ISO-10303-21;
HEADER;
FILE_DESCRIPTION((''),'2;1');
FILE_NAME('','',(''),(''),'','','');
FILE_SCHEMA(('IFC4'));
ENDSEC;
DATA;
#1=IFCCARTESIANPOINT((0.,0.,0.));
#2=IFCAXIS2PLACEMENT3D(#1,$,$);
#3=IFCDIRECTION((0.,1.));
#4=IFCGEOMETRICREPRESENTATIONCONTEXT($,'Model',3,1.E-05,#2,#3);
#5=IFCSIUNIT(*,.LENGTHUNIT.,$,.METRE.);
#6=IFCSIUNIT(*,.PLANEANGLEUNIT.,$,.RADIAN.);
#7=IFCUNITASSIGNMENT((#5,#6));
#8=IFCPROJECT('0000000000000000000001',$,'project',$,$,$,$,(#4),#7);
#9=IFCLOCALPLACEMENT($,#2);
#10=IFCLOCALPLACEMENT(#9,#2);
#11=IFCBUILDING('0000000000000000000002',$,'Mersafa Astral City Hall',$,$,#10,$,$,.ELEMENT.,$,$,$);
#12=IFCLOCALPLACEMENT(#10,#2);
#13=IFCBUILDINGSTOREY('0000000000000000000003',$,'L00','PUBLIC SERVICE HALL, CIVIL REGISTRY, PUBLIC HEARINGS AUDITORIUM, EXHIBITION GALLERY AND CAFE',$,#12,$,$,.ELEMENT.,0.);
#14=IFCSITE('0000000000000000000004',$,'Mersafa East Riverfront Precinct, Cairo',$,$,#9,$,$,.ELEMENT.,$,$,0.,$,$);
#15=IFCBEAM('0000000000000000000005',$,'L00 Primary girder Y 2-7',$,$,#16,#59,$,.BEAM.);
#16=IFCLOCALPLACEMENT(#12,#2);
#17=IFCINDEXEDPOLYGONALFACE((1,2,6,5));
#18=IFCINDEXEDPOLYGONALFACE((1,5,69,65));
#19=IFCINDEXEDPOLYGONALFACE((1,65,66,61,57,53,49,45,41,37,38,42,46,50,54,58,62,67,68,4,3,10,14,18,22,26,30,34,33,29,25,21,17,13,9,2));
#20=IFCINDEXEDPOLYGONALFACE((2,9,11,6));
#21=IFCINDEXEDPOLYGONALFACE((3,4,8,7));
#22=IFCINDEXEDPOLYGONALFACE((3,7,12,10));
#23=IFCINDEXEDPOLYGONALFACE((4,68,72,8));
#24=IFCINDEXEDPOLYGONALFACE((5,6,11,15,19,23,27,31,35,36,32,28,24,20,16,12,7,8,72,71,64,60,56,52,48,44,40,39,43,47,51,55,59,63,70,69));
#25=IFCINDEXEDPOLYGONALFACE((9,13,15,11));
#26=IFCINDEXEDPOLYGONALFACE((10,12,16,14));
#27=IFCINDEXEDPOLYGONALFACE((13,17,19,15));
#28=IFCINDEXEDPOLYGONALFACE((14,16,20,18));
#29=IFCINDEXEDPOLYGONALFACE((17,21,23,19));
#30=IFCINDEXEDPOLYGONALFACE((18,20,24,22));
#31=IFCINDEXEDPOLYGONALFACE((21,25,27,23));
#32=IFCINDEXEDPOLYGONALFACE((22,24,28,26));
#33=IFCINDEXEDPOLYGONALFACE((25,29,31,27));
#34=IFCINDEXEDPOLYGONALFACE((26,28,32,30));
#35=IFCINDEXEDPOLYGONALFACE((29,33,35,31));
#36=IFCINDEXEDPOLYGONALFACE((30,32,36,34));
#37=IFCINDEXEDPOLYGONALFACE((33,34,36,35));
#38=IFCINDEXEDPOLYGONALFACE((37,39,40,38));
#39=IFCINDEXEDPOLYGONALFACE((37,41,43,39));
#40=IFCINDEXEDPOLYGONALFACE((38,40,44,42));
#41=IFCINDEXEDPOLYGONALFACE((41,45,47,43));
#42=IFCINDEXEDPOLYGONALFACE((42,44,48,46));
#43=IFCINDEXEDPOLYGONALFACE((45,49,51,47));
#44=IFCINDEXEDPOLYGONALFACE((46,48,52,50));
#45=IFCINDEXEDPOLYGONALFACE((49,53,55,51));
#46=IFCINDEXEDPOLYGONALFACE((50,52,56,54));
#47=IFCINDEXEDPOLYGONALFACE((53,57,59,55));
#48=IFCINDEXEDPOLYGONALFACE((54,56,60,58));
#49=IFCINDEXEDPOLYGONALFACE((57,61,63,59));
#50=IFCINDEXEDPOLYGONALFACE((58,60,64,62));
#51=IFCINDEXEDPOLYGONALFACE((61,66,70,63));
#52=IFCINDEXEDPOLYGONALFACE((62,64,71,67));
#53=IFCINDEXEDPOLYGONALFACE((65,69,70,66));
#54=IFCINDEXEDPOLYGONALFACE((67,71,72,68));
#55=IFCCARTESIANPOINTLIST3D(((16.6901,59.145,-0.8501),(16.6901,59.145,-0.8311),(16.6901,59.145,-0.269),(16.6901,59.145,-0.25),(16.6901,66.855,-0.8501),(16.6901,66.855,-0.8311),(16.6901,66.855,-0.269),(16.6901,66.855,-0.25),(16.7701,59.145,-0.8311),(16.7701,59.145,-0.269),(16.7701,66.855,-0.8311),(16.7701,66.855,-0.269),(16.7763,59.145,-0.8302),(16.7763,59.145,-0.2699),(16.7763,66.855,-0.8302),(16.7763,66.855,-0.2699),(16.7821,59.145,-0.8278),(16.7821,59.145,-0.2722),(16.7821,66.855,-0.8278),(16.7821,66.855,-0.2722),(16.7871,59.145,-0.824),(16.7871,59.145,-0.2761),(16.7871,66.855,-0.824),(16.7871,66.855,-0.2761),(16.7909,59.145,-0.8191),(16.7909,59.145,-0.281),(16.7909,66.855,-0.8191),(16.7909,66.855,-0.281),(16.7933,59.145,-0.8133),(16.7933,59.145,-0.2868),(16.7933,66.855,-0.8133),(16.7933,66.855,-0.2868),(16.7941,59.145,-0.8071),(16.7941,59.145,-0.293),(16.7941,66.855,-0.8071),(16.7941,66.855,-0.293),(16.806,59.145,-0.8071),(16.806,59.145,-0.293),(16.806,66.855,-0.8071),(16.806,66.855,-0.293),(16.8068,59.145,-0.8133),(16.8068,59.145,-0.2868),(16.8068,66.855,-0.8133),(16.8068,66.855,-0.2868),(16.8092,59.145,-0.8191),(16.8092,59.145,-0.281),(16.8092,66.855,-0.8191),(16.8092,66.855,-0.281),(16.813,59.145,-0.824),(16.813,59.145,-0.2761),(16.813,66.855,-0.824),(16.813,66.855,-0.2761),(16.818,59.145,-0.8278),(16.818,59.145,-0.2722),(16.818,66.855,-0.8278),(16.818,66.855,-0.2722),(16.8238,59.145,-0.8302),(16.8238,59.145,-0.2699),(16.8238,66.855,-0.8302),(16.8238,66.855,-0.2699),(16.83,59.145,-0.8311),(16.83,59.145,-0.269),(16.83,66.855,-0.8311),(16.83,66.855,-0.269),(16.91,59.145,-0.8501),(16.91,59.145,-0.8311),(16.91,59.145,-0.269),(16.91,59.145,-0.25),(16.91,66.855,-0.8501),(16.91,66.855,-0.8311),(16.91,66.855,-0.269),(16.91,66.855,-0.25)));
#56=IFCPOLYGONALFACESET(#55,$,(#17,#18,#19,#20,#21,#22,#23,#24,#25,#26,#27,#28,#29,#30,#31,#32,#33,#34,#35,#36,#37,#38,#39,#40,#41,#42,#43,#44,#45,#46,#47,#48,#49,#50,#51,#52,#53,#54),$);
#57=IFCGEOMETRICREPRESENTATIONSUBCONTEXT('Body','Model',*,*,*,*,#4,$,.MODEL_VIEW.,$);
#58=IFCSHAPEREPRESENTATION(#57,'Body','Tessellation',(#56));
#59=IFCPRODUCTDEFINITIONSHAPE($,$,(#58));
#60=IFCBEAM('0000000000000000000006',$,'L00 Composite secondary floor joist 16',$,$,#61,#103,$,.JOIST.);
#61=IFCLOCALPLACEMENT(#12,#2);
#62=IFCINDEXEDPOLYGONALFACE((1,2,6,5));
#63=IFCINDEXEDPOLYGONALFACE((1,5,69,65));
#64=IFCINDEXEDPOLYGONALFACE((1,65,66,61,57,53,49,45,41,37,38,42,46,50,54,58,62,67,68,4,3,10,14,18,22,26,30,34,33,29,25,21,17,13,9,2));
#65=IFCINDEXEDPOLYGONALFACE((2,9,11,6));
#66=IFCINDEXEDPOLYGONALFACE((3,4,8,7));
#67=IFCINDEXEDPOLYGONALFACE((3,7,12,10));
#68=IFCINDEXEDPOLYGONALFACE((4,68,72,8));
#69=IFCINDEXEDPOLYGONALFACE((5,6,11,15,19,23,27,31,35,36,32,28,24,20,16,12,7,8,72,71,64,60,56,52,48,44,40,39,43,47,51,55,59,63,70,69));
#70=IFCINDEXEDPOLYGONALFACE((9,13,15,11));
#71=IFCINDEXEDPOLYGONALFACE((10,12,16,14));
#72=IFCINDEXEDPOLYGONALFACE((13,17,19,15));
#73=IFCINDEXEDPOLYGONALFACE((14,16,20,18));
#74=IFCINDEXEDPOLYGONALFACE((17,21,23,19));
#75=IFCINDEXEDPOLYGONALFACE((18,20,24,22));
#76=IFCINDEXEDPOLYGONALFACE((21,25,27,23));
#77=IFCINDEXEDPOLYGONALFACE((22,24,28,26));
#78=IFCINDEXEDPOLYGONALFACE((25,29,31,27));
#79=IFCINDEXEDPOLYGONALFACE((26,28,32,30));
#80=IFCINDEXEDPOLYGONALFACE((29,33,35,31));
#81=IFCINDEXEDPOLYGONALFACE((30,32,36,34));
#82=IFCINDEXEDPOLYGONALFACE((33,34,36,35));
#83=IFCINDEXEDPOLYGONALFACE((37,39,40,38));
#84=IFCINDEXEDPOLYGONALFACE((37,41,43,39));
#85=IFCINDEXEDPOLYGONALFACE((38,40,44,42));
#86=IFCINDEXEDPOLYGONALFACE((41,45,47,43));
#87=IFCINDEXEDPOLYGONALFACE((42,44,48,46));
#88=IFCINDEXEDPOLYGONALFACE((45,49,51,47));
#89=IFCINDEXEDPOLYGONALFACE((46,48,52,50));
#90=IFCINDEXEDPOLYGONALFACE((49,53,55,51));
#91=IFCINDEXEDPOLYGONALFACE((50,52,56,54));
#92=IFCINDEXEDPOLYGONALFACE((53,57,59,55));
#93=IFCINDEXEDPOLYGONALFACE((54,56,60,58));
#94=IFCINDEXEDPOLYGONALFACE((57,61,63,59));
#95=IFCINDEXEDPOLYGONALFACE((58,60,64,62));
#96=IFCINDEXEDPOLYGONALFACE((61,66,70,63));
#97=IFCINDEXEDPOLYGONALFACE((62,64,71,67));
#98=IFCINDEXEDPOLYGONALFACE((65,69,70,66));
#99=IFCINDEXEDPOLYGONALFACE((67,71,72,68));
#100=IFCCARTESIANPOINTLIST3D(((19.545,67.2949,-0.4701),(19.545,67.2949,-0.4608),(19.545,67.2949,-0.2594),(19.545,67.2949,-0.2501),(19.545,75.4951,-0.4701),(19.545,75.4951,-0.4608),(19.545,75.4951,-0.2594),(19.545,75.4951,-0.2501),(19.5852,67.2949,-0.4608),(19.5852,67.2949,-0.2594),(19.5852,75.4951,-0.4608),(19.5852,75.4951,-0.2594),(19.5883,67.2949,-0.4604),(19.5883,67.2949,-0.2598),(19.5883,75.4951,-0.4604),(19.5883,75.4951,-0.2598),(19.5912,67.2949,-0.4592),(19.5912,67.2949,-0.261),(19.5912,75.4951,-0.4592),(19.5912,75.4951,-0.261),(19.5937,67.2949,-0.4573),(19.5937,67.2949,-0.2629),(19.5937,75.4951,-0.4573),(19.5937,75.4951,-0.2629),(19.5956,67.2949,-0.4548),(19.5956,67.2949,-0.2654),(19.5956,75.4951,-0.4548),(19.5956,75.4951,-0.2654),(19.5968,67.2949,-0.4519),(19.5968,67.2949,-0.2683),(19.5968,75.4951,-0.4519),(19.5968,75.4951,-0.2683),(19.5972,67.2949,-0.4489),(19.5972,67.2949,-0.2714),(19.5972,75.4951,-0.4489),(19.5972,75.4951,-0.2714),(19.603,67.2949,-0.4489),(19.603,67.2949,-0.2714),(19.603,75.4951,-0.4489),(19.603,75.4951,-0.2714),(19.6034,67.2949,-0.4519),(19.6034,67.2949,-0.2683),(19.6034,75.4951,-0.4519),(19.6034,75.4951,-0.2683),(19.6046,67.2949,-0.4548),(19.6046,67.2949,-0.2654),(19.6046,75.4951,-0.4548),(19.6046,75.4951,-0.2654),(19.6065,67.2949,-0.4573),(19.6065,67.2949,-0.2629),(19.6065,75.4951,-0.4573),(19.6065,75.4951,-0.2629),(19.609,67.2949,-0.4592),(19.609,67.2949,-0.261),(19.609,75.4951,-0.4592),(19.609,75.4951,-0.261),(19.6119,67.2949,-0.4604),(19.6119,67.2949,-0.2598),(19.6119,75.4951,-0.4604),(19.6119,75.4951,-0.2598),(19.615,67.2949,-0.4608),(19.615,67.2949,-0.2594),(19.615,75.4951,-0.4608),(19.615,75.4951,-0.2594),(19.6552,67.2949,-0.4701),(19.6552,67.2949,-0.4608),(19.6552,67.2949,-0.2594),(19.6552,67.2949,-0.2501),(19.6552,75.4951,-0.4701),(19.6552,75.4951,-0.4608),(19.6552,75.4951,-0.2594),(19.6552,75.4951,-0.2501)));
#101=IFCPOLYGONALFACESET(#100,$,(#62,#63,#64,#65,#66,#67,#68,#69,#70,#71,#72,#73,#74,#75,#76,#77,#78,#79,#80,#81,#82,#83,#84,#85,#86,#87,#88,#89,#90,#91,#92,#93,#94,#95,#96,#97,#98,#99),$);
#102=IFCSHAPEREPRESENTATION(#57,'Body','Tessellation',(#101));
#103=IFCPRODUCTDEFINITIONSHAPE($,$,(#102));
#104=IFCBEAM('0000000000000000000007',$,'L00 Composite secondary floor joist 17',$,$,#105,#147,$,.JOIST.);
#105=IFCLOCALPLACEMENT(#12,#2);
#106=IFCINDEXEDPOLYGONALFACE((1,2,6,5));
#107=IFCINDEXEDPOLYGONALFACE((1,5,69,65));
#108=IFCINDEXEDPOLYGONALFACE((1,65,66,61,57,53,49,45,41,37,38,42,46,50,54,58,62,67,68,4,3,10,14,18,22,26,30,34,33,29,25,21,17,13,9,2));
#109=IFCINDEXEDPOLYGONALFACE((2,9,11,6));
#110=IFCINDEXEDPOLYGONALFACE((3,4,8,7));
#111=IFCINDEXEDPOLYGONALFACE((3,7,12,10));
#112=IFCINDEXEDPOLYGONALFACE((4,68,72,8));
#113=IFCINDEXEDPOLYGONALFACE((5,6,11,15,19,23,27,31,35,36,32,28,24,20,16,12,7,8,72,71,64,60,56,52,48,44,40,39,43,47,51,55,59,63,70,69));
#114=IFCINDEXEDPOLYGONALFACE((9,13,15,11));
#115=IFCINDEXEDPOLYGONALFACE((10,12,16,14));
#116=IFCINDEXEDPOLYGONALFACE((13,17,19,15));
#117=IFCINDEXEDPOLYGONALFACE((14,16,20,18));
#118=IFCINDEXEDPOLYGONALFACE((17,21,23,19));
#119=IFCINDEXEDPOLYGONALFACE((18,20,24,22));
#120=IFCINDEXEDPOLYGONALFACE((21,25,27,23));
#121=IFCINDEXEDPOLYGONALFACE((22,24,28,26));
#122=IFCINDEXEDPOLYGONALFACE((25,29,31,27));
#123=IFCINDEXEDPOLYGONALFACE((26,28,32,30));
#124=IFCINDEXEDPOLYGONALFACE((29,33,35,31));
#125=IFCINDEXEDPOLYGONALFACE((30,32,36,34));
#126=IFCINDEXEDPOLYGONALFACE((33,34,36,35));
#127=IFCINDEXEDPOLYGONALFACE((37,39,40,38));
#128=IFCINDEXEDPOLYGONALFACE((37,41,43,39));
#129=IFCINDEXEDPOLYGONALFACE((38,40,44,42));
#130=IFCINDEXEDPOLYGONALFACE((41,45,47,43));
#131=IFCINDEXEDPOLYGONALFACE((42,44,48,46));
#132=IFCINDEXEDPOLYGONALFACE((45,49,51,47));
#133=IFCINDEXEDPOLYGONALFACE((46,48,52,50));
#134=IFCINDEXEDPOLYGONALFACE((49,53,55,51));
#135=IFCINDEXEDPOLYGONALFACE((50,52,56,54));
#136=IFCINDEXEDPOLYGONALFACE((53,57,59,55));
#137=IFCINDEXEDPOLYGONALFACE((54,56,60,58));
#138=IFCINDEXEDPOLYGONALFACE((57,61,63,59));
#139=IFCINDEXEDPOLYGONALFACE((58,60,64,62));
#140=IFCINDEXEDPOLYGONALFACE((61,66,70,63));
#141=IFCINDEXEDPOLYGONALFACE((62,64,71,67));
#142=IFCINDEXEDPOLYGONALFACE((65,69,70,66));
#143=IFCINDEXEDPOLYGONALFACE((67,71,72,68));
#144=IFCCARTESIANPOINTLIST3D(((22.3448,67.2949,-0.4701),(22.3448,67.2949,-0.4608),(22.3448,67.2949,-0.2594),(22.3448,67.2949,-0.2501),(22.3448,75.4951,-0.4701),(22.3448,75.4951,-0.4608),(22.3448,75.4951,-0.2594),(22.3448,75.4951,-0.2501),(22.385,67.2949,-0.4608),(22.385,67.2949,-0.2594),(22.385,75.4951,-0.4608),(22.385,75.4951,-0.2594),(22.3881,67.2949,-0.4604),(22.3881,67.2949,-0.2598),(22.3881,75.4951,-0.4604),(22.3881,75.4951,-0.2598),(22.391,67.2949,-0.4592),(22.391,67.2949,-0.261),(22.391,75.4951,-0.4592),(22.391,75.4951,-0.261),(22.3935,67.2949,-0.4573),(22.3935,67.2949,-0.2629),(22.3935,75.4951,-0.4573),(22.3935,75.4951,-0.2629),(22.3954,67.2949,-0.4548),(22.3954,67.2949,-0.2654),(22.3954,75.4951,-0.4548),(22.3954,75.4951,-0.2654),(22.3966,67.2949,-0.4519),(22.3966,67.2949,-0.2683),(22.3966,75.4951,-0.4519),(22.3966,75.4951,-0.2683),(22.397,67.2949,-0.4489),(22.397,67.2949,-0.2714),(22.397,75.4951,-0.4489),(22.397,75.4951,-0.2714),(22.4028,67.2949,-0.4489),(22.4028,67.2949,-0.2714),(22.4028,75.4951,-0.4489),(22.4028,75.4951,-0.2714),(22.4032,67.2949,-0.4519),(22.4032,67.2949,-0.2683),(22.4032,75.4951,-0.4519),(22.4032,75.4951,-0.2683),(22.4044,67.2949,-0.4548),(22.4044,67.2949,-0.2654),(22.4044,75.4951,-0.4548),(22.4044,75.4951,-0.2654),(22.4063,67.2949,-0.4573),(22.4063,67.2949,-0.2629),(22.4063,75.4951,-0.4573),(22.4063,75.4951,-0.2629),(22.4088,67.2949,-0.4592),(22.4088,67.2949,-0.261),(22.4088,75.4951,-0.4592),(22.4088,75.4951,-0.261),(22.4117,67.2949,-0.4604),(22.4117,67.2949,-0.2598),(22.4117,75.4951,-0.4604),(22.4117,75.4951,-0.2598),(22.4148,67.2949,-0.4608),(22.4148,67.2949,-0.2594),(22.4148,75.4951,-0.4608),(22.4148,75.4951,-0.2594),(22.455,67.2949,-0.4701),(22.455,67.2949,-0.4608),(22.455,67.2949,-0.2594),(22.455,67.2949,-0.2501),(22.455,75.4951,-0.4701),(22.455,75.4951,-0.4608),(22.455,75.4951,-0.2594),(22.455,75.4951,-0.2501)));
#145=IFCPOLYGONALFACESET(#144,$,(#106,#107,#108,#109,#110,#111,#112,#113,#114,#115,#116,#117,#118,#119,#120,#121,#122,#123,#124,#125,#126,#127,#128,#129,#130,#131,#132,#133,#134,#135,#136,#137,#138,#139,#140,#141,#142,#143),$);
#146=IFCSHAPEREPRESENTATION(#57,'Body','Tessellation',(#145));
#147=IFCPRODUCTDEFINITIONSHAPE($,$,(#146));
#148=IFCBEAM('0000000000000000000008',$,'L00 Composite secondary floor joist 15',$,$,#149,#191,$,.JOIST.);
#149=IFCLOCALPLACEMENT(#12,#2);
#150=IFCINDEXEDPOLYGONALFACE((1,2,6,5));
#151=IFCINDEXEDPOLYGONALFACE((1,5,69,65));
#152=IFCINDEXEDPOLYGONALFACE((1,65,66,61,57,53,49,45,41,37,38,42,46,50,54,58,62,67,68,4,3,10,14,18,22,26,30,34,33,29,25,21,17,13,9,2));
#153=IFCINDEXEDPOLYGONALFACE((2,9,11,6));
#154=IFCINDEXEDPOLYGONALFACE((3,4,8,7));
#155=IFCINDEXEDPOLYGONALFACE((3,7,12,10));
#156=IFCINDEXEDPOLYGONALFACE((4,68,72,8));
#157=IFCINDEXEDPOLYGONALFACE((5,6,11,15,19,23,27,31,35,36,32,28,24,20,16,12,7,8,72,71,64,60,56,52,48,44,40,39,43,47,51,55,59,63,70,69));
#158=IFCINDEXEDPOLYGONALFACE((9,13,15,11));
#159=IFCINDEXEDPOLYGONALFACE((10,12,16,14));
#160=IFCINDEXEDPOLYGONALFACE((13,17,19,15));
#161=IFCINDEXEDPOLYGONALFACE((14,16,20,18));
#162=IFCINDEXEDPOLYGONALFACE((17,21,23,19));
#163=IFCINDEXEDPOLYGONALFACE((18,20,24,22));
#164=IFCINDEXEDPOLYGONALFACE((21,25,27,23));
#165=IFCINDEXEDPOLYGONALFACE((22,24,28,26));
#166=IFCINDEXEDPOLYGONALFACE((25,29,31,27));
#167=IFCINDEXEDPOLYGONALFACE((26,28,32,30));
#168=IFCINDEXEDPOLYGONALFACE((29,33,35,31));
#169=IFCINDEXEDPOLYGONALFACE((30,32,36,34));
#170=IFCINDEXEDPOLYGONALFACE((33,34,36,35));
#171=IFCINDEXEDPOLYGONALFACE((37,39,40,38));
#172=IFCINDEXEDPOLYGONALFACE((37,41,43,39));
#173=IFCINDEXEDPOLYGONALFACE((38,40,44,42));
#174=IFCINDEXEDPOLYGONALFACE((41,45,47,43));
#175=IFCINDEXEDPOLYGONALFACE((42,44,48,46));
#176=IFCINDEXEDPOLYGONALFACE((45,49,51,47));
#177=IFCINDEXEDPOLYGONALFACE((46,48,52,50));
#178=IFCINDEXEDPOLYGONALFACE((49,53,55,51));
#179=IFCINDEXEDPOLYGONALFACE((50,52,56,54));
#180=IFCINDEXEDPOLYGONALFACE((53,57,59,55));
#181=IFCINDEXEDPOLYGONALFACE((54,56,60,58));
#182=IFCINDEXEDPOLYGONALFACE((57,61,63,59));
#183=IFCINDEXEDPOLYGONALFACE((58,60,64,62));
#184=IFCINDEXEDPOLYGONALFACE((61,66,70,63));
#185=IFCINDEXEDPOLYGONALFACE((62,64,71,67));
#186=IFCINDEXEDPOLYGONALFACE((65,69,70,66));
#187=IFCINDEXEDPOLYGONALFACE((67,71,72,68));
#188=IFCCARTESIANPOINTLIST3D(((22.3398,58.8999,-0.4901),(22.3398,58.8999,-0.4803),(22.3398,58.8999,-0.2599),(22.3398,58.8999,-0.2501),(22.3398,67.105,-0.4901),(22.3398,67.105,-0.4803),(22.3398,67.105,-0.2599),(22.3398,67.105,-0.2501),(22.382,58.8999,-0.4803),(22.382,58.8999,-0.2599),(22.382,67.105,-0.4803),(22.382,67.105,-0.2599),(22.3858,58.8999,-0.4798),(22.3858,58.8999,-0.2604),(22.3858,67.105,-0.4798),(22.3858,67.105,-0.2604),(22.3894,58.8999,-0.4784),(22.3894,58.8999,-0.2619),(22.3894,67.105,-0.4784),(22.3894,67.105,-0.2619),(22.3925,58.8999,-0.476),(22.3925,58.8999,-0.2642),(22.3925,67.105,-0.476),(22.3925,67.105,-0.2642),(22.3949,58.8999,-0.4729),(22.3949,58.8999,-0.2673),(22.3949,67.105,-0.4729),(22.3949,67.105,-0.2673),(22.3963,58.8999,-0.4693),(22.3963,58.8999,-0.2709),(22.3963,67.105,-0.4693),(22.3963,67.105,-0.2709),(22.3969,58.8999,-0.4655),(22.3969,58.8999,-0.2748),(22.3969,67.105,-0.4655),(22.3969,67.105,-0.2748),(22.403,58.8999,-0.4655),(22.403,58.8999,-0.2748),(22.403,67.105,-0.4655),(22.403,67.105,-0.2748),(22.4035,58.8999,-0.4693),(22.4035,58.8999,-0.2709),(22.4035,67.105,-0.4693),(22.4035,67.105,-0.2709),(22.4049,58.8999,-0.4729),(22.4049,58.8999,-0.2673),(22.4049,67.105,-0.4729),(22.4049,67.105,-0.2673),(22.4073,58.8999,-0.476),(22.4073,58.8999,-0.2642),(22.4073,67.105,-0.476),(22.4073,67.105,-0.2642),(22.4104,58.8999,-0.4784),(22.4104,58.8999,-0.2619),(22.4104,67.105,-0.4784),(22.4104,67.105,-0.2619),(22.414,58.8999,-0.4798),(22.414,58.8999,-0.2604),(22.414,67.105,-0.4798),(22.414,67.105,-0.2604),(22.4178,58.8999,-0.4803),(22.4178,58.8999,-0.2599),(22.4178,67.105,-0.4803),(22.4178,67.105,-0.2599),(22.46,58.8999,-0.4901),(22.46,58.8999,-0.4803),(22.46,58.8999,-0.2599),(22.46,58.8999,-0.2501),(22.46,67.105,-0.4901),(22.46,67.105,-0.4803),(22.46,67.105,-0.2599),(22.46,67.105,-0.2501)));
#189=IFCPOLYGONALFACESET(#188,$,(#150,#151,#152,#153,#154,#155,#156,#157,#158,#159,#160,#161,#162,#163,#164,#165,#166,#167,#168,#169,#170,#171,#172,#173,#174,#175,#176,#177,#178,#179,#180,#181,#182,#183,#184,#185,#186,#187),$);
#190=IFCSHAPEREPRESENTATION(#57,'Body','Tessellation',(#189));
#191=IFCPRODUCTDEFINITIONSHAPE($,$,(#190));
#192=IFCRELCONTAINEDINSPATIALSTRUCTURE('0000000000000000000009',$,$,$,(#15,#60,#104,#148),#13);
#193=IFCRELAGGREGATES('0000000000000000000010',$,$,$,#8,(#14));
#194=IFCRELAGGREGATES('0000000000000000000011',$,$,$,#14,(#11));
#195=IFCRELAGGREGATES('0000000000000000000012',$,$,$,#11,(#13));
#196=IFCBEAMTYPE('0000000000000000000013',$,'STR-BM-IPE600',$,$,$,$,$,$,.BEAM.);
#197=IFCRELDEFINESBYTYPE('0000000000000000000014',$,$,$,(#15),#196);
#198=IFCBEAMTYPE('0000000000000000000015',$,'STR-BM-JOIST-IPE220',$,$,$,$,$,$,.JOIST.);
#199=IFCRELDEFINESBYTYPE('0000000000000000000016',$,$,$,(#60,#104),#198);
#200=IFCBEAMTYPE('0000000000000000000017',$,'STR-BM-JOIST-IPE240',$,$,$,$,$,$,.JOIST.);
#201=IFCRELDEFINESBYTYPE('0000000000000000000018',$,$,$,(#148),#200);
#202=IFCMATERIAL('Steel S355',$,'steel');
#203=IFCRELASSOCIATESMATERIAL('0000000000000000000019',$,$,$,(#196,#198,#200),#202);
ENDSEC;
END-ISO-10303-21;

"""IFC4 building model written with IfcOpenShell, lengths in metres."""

from ifc_helpers import new_model, si_unit, direction, frame, origin, origin_2d, place, context, subcontext, project, spatial, i_section, extrude, material, material_profile, profile_set, type_object, element, save


model = new_model("IFC4")

# Units and contexts
model_context = context("Model", 3, precision=1e-05, world=origin(), true_north=direction((0.0, 1.0)))
body_context = subcontext(model_context, "Body", "Model", "MODEL_VIEW")
ifc_project = project(units=[si_unit("LENGTHUNIT", "METRE"), si_unit("PLANEANGLEUNIT", "RADIAN")], contexts=[model_context])

# Site, building, storey
site_placement = place(None, origin())
site = spatial("IfcSite", under=ifc_project, at=site_placement, Name="Mersafa East Riverfront Precinct, Cairo", CompositionType="ELEMENT", RefElevation=0.0)
building_placement = place(site_placement, origin())
building = spatial("IfcBuilding", under=site, at=building_placement, Name="Mersafa Astral City Hall", CompositionType="ELEMENT")
storey_placement = place(building_placement, origin())
storey = spatial("IfcBuildingStorey", under=building, at=storey_placement, Name="L00", Description="PUBLIC SERVICE HALL, CIVIL REGISTRY, PUBLIC HEARINGS AUDITORIUM, EXHIBITION GALLERY AND CAFE", CompositionType="ELEMENT", Elevation=0.0)

# Shared definitions
ifc_material_1 = material(Name="Steel S355", Category="steel")

# Beams
ifc_material_profile_1 = material_profile(ifc_material_1, i_section(OverallWidth=0.22, OverallDepth=0.6001, WebThickness=0.012, FlangeThickness=0.019, FilletRadius=0.0239, at=origin_2d()), Name="IPE 600")
ifc_profile_set_1 = profile_set([ifc_material_profile_1], Name="Steel S355")
beam_type_1 = type_object("IfcBeamType", Name="STR-BM-IPE600", PredefinedType="BEAM", material=ifc_profile_set_1)
beam_1_placement = place(storey_placement, frame((16.8, 59.145, -0.55), z_axis=(0.0, 1.0, 0.0), x_axis=(-1.0, 0.0, 0.0)))
element("IfcBeam", 1, at=beam_1_placement, inside=storey, type_object=beam_type_1, Name="L00 Primary girder Y 2-7", PredefinedType="BEAM", context=body_context, shape_type="SweptSolid", body=[
    extrude(i_section(OverallWidth=0.22, OverallDepth=0.6001, WebThickness=0.012, FlangeThickness=0.019, FilletRadius=0.0239, at=origin_2d()), origin(), (0.0, 0.0, 1.0), 7.71),
])
ifc_material_profile_2 = material_profile(ifc_material_1, i_section(OverallWidth=0.1101, OverallDepth=0.22, WebThickness=0.0059, FlangeThickness=0.0093, FilletRadius=0.012, at=origin_2d()), Name="IPE 220")
ifc_profile_set_2 = profile_set([ifc_material_profile_2], Name="Steel S355")
beam_type_2 = type_object("IfcBeamType", Name="STR-BM-JOIST-IPE220", PredefinedType="JOIST", material=ifc_profile_set_2)
for number, where, z_axis, x_axis, name in (
    (2, (19.6001, 67.2949, -0.3601), (0.0, 1.0, 0.0), (-1.0, 0.0, 0.0), "L00 Composite secondary floor joist 16"),
    (3, (22.3999, 67.2949, -0.3601), (0.0, 1.0, 0.0), (-1.0, 0.0, 0.0), "L00 Composite secondary floor joist 17"),
):
    element("IfcBeam", number, at=place(storey_placement, frame(where, z_axis=z_axis, x_axis=x_axis)), inside=storey, type_object=beam_type_2, Name=name, PredefinedType="JOIST", context=body_context, shape_type="SweptSolid", body=[
        extrude(i_section(OverallWidth=0.1101, OverallDepth=0.22, WebThickness=0.0059, FlangeThickness=0.0093, FilletRadius=0.012, at=origin_2d()), origin(), (0.0, 0.0, 1.0), 8.2002),
    ])
ifc_material_profile_3 = material_profile(ifc_material_1, i_section(OverallWidth=0.1201, OverallDepth=0.24, WebThickness=0.0061, FlangeThickness=0.0098, FilletRadius=0.0149, at=origin_2d()), Name="IPE 240")
ifc_profile_set_3 = profile_set([ifc_material_profile_3], Name="Steel S355")
beam_type_3 = type_object("IfcBeamType", Name="STR-BM-JOIST-IPE240", PredefinedType="JOIST", material=ifc_profile_set_3)
beam_2_placement = place(storey_placement, frame((22.3999, 58.8999, -0.3701), z_axis=(0.0, 1.0, 0.0), x_axis=(-1.0, 0.0, 0.0)))
element("IfcBeam", 4, at=beam_2_placement, inside=storey, type_object=beam_type_3, Name="L00 Composite secondary floor joist 15", PredefinedType="JOIST", context=body_context, shape_type="SweptSolid", body=[
    extrude(i_section(OverallWidth=0.1201, OverallDepth=0.24, WebThickness=0.0061, FlangeThickness=0.0098, FilletRadius=0.0149, at=origin_2d()), origin(), (0.0, 0.0, 1.0), 8.2051),
])

save(model, "model.ifc")
